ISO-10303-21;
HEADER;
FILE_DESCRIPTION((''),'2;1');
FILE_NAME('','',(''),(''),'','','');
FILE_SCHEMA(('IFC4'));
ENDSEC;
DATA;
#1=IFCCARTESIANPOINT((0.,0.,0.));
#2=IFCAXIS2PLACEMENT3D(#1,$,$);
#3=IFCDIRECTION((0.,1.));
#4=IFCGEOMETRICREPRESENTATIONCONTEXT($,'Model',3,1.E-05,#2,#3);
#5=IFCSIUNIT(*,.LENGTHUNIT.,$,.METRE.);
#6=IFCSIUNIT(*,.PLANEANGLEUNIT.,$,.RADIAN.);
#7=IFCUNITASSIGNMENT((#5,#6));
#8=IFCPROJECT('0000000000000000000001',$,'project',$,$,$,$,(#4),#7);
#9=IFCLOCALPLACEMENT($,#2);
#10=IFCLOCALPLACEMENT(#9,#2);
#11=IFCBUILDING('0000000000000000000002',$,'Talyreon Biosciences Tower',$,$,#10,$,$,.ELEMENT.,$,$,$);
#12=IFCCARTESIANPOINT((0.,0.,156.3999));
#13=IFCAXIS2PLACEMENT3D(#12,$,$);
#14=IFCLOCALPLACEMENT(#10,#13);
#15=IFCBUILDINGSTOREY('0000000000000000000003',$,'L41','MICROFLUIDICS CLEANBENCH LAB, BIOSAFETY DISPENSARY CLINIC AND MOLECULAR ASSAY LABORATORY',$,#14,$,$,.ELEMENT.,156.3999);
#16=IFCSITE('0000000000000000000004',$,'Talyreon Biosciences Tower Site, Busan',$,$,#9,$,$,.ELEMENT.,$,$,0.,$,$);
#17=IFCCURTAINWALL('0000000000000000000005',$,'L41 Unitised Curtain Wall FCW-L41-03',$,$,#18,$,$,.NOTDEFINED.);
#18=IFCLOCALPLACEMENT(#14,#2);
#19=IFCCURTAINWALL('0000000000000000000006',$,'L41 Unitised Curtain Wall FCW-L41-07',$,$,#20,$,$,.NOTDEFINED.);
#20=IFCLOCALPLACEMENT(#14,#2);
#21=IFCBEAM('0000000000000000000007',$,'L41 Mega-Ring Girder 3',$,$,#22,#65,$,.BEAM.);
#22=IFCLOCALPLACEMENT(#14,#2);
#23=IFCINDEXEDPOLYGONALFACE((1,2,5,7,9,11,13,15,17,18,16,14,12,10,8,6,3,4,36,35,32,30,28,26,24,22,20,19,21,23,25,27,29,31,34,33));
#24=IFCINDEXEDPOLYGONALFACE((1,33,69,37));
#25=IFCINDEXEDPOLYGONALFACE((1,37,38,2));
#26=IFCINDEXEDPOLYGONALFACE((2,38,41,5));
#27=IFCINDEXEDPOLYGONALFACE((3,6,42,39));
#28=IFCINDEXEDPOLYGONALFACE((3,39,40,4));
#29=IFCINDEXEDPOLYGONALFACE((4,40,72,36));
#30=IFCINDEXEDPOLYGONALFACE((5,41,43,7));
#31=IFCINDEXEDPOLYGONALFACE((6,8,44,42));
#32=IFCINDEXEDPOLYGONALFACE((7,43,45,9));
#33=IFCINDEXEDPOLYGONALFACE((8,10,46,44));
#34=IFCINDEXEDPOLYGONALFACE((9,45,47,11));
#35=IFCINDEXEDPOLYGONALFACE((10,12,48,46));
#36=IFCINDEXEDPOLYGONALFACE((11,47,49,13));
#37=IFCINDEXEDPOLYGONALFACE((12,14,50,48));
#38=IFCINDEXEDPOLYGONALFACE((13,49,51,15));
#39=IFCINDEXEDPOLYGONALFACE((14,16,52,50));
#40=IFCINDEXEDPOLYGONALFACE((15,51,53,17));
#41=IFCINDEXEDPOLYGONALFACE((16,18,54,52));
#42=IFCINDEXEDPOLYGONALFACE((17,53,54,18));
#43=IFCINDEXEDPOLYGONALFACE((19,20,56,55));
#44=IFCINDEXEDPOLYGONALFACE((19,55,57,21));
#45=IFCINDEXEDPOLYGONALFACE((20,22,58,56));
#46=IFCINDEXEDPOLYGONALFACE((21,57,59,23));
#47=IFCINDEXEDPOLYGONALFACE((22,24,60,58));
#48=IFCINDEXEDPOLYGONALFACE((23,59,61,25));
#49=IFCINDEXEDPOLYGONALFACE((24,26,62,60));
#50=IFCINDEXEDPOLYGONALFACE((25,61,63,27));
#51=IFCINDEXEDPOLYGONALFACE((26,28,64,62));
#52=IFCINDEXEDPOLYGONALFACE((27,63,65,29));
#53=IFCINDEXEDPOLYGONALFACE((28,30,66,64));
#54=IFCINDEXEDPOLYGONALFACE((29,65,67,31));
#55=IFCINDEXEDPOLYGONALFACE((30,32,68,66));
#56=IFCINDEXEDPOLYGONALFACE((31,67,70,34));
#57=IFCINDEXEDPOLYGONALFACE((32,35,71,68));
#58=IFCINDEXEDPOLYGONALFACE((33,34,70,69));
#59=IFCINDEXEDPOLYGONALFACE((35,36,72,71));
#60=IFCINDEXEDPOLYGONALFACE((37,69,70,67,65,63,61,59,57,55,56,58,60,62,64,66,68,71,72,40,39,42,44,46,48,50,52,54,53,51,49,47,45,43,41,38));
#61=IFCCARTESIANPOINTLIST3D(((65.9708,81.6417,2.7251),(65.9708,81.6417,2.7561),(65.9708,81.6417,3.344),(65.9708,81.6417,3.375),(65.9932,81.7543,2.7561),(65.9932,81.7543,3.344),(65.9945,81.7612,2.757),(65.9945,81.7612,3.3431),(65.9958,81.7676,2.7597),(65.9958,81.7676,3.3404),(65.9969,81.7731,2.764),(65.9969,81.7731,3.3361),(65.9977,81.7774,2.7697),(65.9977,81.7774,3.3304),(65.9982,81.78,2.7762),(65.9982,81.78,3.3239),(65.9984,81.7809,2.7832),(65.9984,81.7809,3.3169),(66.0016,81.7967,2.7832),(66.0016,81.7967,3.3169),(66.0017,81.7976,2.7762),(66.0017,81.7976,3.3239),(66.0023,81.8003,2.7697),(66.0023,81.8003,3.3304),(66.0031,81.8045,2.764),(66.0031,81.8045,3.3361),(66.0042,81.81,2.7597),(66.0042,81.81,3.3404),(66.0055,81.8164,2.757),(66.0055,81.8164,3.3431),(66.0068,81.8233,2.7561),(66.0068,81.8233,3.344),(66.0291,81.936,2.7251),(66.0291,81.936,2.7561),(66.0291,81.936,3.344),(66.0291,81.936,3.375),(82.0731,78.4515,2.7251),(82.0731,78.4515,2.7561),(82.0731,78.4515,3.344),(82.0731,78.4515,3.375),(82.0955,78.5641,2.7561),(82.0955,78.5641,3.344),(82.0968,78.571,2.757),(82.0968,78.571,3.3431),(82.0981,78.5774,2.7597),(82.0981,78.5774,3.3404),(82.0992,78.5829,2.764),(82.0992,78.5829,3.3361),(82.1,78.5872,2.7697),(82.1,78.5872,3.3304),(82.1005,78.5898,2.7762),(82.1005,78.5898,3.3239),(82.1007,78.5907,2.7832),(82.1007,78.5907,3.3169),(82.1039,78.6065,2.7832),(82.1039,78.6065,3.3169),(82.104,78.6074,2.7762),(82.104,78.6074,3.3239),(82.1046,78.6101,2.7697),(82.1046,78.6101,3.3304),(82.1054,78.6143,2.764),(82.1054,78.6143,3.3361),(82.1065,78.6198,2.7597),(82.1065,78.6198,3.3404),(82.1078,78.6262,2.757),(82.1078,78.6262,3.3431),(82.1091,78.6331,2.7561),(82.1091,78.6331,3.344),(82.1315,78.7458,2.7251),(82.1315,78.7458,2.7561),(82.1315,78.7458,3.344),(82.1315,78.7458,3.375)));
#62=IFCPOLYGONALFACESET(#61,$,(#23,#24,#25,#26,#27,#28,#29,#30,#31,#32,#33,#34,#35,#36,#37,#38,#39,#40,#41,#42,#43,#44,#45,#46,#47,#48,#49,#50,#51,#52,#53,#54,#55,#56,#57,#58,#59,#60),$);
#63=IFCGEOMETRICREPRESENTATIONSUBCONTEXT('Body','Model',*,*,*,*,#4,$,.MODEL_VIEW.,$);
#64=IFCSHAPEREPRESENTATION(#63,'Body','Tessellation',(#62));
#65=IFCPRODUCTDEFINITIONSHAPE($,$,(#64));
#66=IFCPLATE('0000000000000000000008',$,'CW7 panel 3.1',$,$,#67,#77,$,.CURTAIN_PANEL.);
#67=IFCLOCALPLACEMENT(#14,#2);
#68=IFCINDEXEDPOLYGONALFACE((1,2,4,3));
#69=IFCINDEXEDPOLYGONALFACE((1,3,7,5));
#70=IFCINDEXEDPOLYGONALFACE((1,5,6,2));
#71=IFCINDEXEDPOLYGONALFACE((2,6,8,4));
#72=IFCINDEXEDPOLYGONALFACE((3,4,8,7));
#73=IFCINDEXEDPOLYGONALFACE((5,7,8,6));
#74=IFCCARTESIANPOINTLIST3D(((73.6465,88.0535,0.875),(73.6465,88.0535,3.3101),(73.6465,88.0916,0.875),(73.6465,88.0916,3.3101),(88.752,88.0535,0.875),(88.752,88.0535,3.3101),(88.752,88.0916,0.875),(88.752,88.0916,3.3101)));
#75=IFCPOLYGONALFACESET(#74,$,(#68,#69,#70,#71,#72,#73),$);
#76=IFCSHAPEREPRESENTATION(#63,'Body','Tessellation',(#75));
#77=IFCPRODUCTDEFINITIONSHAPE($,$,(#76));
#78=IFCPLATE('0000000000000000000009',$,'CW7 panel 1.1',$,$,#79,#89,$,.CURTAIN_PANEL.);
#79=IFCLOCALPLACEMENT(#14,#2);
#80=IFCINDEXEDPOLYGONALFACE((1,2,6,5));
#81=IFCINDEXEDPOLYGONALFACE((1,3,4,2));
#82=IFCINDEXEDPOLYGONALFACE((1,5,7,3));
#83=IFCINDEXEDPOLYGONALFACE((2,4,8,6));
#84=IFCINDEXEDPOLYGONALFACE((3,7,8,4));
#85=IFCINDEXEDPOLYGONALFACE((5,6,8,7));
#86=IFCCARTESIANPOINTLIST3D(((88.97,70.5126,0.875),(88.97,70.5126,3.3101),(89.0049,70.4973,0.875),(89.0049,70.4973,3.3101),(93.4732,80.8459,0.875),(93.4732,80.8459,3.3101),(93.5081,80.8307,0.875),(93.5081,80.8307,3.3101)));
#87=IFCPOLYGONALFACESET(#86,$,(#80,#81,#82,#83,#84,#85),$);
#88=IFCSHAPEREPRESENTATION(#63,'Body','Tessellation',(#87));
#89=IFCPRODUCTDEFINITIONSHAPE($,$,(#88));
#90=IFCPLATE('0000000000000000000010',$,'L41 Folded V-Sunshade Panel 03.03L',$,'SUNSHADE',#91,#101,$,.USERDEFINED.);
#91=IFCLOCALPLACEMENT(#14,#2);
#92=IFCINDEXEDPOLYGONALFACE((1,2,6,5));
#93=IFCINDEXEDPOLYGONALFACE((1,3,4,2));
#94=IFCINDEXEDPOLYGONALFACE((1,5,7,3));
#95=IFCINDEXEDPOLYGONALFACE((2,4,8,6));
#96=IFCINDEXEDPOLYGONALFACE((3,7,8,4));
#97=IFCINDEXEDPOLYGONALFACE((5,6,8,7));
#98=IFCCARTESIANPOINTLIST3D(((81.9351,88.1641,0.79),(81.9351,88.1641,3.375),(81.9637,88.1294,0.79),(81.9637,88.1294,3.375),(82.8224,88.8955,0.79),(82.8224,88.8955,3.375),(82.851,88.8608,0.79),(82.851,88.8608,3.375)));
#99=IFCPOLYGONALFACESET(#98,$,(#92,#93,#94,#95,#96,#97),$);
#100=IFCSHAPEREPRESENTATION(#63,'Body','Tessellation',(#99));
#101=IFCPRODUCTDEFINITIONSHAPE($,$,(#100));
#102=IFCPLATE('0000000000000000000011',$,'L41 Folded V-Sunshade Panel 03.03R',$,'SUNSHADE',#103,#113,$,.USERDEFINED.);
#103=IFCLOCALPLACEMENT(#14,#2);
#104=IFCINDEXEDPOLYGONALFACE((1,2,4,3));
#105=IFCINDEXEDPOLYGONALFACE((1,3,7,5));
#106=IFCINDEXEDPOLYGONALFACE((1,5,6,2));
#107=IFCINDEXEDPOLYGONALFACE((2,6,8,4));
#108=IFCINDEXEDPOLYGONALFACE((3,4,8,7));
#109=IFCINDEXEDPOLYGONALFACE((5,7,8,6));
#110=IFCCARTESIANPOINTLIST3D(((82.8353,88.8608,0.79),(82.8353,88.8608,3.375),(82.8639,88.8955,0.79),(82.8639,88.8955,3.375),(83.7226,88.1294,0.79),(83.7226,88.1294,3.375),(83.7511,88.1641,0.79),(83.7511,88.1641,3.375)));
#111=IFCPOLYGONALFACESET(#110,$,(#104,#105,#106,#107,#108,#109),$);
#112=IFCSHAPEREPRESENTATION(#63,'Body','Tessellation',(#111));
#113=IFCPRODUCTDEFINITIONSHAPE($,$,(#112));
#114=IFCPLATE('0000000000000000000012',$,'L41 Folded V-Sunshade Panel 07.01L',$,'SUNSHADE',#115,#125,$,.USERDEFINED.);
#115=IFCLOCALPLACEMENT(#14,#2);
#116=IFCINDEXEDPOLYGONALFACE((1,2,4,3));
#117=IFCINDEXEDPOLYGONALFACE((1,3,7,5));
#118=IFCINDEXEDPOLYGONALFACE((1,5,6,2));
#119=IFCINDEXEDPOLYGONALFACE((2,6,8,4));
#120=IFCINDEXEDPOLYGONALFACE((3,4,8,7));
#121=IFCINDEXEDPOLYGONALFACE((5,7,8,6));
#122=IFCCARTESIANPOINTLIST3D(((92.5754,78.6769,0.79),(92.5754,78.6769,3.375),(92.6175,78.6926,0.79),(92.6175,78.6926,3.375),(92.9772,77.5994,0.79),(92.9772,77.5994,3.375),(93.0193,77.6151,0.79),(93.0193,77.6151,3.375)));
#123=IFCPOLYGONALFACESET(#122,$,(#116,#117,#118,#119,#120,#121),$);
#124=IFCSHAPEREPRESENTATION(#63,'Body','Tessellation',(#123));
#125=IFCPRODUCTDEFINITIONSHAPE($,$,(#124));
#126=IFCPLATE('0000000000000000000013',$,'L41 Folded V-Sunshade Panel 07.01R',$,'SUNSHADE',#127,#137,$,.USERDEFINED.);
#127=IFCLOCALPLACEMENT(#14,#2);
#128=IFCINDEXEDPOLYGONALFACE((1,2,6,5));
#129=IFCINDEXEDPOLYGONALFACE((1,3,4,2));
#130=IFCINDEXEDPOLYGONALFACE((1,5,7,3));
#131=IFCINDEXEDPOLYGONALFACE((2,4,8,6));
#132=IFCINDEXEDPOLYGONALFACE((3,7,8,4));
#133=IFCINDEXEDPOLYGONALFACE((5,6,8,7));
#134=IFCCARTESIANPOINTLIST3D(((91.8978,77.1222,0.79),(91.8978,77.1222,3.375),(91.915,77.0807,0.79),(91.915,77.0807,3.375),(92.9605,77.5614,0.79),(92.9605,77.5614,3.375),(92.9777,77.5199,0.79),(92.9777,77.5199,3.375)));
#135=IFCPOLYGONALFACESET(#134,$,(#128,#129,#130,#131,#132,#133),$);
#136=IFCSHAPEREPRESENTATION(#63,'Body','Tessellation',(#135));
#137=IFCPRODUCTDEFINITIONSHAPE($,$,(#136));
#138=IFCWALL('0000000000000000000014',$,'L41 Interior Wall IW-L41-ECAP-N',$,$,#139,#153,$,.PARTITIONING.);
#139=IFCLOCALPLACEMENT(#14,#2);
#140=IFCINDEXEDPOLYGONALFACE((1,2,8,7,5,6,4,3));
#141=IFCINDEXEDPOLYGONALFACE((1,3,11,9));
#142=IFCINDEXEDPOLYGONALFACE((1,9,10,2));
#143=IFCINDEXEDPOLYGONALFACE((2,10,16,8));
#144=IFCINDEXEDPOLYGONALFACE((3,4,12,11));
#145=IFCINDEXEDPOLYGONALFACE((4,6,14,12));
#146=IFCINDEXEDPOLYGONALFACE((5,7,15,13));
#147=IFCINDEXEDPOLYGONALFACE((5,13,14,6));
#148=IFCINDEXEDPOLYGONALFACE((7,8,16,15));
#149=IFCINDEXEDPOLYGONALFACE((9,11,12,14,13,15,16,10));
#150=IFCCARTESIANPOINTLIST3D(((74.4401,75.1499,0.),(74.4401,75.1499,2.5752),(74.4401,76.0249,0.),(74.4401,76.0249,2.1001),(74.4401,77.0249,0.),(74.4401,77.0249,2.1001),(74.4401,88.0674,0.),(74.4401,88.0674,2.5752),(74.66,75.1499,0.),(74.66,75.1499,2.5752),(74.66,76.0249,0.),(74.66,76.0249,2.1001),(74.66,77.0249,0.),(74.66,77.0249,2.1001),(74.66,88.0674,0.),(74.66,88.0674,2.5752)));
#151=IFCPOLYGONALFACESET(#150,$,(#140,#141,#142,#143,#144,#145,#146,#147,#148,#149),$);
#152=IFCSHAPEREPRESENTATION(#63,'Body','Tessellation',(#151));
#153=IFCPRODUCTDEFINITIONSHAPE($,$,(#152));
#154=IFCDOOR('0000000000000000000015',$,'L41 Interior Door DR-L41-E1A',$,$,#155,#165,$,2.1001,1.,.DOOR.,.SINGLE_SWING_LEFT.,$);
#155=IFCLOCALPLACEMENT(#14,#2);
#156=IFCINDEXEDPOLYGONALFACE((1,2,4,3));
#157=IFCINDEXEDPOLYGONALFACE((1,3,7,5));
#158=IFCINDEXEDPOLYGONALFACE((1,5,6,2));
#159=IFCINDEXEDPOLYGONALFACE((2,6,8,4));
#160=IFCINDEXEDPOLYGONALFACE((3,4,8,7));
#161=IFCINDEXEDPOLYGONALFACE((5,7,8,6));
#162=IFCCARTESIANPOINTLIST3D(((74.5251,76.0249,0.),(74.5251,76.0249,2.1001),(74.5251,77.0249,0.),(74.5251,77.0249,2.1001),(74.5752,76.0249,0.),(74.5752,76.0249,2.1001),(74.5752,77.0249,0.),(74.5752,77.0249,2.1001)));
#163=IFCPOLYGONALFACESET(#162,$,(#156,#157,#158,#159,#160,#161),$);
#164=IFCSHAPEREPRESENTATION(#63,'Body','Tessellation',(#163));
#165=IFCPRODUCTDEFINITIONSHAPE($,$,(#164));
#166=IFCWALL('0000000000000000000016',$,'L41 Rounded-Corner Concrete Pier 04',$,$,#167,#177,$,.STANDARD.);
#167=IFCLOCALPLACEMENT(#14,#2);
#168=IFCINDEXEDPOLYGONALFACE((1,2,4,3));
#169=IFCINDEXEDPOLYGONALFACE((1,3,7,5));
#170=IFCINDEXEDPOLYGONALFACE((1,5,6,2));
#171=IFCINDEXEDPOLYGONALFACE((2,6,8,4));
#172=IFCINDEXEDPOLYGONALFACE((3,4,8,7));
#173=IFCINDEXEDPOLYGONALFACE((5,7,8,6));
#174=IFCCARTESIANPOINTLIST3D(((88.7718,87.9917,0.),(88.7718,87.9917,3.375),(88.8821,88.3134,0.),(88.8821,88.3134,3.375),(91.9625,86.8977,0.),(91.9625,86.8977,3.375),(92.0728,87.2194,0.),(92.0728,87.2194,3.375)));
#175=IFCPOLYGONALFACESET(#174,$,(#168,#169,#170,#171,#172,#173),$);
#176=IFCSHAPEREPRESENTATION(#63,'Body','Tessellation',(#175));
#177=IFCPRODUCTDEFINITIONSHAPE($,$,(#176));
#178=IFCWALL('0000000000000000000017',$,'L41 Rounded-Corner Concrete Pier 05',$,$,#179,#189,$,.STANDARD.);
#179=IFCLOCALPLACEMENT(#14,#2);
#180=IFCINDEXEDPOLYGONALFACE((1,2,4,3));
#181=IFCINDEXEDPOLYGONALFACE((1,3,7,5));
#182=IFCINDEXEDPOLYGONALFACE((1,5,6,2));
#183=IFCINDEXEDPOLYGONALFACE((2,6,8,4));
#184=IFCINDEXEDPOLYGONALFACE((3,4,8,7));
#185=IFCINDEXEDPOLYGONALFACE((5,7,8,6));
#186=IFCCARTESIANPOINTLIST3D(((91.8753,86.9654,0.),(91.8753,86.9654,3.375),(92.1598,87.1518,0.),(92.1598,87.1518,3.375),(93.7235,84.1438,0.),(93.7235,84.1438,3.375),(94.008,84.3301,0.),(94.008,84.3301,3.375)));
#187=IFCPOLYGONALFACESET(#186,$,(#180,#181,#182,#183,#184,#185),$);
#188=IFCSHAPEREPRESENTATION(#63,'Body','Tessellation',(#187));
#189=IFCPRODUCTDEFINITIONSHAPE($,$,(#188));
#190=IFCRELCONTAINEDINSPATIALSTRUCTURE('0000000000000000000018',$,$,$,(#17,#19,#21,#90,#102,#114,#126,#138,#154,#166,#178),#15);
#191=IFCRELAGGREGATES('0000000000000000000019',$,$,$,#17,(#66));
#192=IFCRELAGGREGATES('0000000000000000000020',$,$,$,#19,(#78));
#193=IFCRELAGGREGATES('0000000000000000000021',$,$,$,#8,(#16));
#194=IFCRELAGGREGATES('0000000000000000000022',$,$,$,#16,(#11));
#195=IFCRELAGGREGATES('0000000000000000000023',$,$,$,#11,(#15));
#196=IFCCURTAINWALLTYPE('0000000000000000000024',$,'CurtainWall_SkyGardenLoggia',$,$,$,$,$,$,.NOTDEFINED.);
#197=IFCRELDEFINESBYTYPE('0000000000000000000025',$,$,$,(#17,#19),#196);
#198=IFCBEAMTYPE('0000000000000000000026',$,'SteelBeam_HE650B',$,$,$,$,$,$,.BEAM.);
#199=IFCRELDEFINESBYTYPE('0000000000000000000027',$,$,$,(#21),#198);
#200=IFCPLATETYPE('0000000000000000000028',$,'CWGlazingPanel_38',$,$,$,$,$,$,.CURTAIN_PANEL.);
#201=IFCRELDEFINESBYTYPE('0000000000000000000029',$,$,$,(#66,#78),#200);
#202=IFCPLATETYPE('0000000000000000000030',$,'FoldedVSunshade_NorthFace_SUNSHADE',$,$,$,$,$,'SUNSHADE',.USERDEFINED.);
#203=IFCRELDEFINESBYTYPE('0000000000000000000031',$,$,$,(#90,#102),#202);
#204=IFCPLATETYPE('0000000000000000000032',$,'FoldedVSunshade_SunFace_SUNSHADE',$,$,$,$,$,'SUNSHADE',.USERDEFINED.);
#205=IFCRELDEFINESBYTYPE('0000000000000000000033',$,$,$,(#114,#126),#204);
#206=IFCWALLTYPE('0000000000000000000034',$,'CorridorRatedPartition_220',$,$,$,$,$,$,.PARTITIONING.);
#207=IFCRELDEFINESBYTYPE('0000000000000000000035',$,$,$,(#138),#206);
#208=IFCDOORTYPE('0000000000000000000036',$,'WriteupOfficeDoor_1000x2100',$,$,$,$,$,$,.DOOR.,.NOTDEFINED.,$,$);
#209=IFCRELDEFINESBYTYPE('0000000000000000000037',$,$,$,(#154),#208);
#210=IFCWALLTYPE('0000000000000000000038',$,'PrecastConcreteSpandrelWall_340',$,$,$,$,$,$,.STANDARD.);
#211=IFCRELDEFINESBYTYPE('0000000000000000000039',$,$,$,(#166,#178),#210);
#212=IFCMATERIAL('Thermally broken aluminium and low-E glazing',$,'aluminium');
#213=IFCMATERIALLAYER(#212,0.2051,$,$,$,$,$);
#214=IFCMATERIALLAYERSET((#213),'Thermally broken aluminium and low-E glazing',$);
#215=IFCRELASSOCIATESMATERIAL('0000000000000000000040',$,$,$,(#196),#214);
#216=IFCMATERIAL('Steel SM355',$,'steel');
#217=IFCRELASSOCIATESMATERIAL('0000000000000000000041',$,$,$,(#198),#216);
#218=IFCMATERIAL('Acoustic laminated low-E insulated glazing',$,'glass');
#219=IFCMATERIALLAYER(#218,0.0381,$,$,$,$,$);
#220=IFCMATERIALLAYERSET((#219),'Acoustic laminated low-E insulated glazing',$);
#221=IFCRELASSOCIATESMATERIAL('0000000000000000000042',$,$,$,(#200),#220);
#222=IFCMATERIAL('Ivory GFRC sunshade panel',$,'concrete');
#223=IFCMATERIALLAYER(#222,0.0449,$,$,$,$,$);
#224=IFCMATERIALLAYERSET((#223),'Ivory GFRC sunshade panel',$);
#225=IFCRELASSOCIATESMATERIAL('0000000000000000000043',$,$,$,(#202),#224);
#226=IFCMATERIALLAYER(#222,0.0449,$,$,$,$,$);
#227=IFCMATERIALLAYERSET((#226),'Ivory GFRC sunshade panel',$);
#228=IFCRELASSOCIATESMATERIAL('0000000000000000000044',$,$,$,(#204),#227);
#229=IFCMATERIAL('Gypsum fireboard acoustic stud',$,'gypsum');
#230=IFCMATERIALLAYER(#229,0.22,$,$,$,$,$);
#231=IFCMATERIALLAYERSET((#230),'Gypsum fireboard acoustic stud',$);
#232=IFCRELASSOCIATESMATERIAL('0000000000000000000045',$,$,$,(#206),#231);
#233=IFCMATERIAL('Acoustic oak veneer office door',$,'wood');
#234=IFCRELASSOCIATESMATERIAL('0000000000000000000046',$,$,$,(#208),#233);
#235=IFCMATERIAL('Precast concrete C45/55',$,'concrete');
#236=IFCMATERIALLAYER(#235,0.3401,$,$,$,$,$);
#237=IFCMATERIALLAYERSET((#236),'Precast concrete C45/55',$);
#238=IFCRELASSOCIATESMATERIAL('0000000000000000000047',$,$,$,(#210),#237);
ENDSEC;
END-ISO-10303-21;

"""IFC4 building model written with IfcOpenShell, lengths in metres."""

from ifc_helpers import new_model, si_unit, direction, frame, frame_2d, origin, origin_2d, place, context, subcontext, project, spatial, rectangle, i_section, extrude, material, layer, layer_set, material_profile, profile_set, type_object, element, fill, aggregate, save


model = new_model("IFC4")

# Units and contexts
model_context = context("Model", 3, precision=1e-05, world=origin(), true_north=direction((0.0, 1.0)))
body_context = subcontext(model_context, "Body", "Model", "MODEL_VIEW")
ifc_project = project(units=[si_unit("LENGTHUNIT", "METRE"), si_unit("PLANEANGLEUNIT", "RADIAN")], contexts=[model_context])

# Site, building, storey
site_placement = place(None, origin())
site = spatial("IfcSite", under=ifc_project, at=site_placement, Name="Talyreon Biosciences Tower Site, Busan", CompositionType="ELEMENT", RefElevation=0.0)
building_placement = place(site_placement, origin())
building = spatial("IfcBuilding", under=site, at=building_placement, Name="Talyreon Biosciences Tower", CompositionType="ELEMENT")
storey_placement = place(building_placement, frame((0.0, 0.0, 156.3999)))
storey = spatial("IfcBuildingStorey", under=building, at=storey_placement, Name="L41", Description="MICROFLUIDICS CLEANBENCH LAB, BIOSAFETY DISPENSARY CLINIC AND MOLECULAR ASSAY LABORATORY", CompositionType="ELEMENT", Elevation=156.3999)

# Curtain wall
ifc_material_1 = material(Name="Thermally broken aluminium and low-E glazing", Category="aluminium")
ifc_layer_1 = layer(ifc_material_1, 0.2051)
ifc_layer_set_1 = layer_set([ifc_layer_1], Name="Thermally broken aluminium and low-E glazing")
curtain_wall_type = type_object("IfcCurtainWallType", Name="CurtainWall_SkyGardenLoggia", PredefinedType="NOTDEFINED", material=ifc_layer_set_1)
curtain_wall_1_placement = place(storey_placement, origin())
curtain_wall_1 = element("IfcCurtainWall", 1, at=curtain_wall_1_placement, inside=storey, type_object=curtain_wall_type, Name="L41 Unitised Curtain Wall FCW-L41-03", PredefinedType="NOTDEFINED")

# Curtain wall
curtain_wall_2_placement = place(storey_placement, origin())
curtain_wall_2 = element("IfcCurtainWall", 2, at=curtain_wall_2_placement, inside=storey, type_object=curtain_wall_type, Name="L41 Unitised Curtain Wall FCW-L41-07", PredefinedType="NOTDEFINED")

# Beam
ifc_material_2 = material(Name="Precast concrete C45/55", Category="concrete")
ifc_material_3 = material(Name="Steel SM355", Category="steel")
ifc_material_profile_1 = material_profile(ifc_material_3, i_section(OverallWidth=0.3, OverallDepth=0.6499, WebThickness=0.0161, FlangeThickness=0.031, FilletRadius=0.0271, at=origin_2d()), Name="HE650B")
ifc_profile_set_1 = profile_set([ifc_material_profile_1], Name="Steel SM355")
beam_type_1 = type_object("IfcBeamType", Name="SteelBeam_HE650B", PredefinedType="BEAM", material=ifc_profile_set_1)
beam_1_placement = place(storey_placement, frame((82.1023, 78.5986, 3.05), z_axis=(-0.980934, 0.194343, 0.0), x_axis=(-0.194343, -0.980934, 0.0)))
element("IfcBeam", 3, at=beam_1_placement, inside=storey, type_object=beam_type_1, Name="L41 Mega-Ring Girder 3", PredefinedType="BEAM", context=body_context, shape_type="SweptSolid", body=[
    extrude(i_section(OverallWidth=0.3, OverallDepth=0.6499, WebThickness=0.0161, FlangeThickness=0.031, FilletRadius=0.0271, at=origin_2d()), origin(), (0.0, 0.0, 1.0), 16.4153),
])

# Plates
ifc_material_4 = material(Name="Acoustic laminated low-E insulated glazing", Category="glass")
ifc_layer_2 = layer(ifc_material_4, 0.0381)
ifc_layer_set_2 = layer_set([ifc_layer_2], Name="Acoustic laminated low-E insulated glazing")
plate_type_1 = type_object("IfcPlateType", Name="CWGlazingPanel_38", PredefinedType="CURTAIN_PANEL", material=ifc_layer_set_2)
plate_1_placement = place(storey_placement, frame((81.1992, 88.0725, 0.875), z_axis=(0.0, 0.0, 1.0), x_axis=(1.0, 0.0, 0.0)))
plate_1 = element("IfcPlate", 4, at=plate_1_placement, type_object=plate_type_1, Name="CW7 panel 3.1", PredefinedType="CURTAIN_PANEL", context=body_context, shape_type="SweptSolid", body=[
    extrude(rectangle(XDim=15.1055, YDim=0.0381, at=origin_2d()), origin(), (0.0, 0.0, 1.0), 2.4351),
])
aggregate(curtain_wall_1, [plate_1])
plate_2_placement = place(storey_placement, frame((91.239, 75.6716, 0.875), z_axis=(0.0, 0.0, 1.0), x_axis=(-0.399505, -0.916731, 0.0)))
plate_2 = element("IfcPlate", 5, at=plate_2_placement, type_object=plate_type_1, Name="CW7 panel 1.1", PredefinedType="CURTAIN_PANEL", context=body_context, shape_type="SweptSolid", body=[
    extrude(rectangle(XDim=11.272, YDim=0.0381, at=origin_2d()), origin(), (0.0, 0.0, 1.0), 2.4351),
])
aggregate(curtain_wall_2, [plate_2])

# Plates
ifc_material_5 = material(Name="Ivory GFRC sunshade panel", Category="concrete")
ifc_layer_3 = layer(ifc_material_5, 0.0449)
ifc_layer_set_3 = layer_set([ifc_layer_3], Name="Ivory GFRC sunshade panel")
plate_type_2 = type_object("IfcPlateType", Name="FoldedVSunshade_NorthFace_SUNSHADE", ElementType="SUNSHADE", PredefinedType="USERDEFINED", material=ifc_layer_set_3)
for number, where, z_axis, x_axis, name in (
    (6, (82.3931, 88.5125, 0.79), (0.0, 0.0, 1.0), (0.771625, 0.636078, 0.0), "L41 Folded V-Sunshade Panel 03.03L"),
    (7, (83.2932, 88.5125, 0.79), (0.0, 0.0, 1.0), (0.771625, -0.636078, 0.0), "L41 Folded V-Sunshade Panel 03.03R"),
):
    element("IfcPlate", number, at=place(storey_placement, frame(where, z_axis=z_axis, x_axis=x_axis)), inside=storey, type_object=plate_type_2, Name=name, ObjectType="SUNSHADE", PredefinedType="USERDEFINED", context=body_context, shape_type="SweptSolid", body=[
        extrude(rectangle(XDim=1.1499, YDim=0.0449, at=origin_2d()), origin(), (0.0, 0.0, 1.0), 2.585),
    ])
ifc_layer_4 = layer(ifc_material_5, 0.0449)
ifc_layer_set_4 = layer_set([ifc_layer_4], Name="Ivory GFRC sunshade panel")
plate_type_3 = type_object("IfcPlateType", Name="FoldedVSunshade_SunFace_SUNSHADE", ElementType="SUNSHADE", PredefinedType="USERDEFINED", material=ifc_layer_set_4)
for number, where, z_axis, x_axis, name in (
    (8, (92.7974, 78.146, 0.79), (0.0, 0.0, 1.0), (0.349439, -0.936959, 0.0), "L41 Folded V-Sunshade Panel 07.01L"),
    (9, (92.4377, 77.321, 0.79), (0.0, 0.0, 1.0), (-0.924193, -0.381925, 0.0), "L41 Folded V-Sunshade Panel 07.01R"),
):
    element("IfcPlate", number, at=place(storey_placement, frame(where, z_axis=z_axis, x_axis=x_axis)), inside=storey, type_object=plate_type_3, Name=name, ObjectType="SUNSHADE", PredefinedType="USERDEFINED", context=body_context, shape_type="SweptSolid", body=[
        extrude(rectangle(XDim=1.1499, YDim=0.0449, at=origin_2d()), origin(), (0.0, 0.0, 1.0), 2.585),
    ])

# Wall, opening, door
ifc_material_6 = material(Name="Gypsum fireboard acoustic stud", Category="gypsum")
ifc_layer_5 = layer(ifc_material_6, 0.22)
ifc_layer_set_5 = layer_set([ifc_layer_5], Name="Gypsum fireboard acoustic stud")
wall_type_1 = type_object("IfcWallType", Name="CorridorRatedPartition_220", PredefinedType="PARTITIONING", material=ifc_layer_set_5)
wall_1_placement = place(storey_placement, frame((74.55, 75.1499, 0.0), z_axis=(0.0, 0.0, 1.0), x_axis=(0.0, 1.0, 0.0)))
wall_1 = element("IfcWall", 10, at=wall_1_placement, inside=storey, type_object=wall_type_1, Name="L41 Interior Wall IW-L41-ECAP-N", PredefinedType="PARTITIONING", context=body_context, shape_type="SweptSolid", body=[
    extrude(rectangle(XDim=12.9175, YDim=0.22, at=frame_2d((6.4587, 0.0))), origin(), (0.0, 0.0, 1.0), 2.5752),
])
opening_placement = place(wall_1_placement, frame((0.875, 0.0, 0.0)))
opening = element("IfcOpeningElement", 11, at=opening_placement, cuts=wall_1, PredefinedType="OPENING", context=body_context, shape_type="SweptSolid", body=[
    extrude(rectangle(XDim=1.0, YDim=2.1001, at=frame_2d((0.5, 1.05))), frame((0.0, 0.1199, 0.0), z_axis=(0.0, -1.0, 0.0), x_axis=(1.0, 0.0, 0.0)), (0.0, 0.0, 1.0), 0.24),
])
ifc_material_7 = material(Name="Acoustic oak veneer office door", Category="wood")
door_type = type_object("IfcDoorType", Name="WriteupOfficeDoor_1000x2100", OperationType="NOTDEFINED", PredefinedType="DOOR", material=ifc_material_7)
door_placement = place(opening_placement, origin())
door = element("IfcDoor", 12, at=door_placement, inside=storey, type_object=door_type, Name="L41 Interior Door DR-L41-E1A", OperationType="SINGLE_SWING_LEFT", OverallHeight=2.1001, OverallWidth=1.0, PredefinedType="DOOR", context=body_context, shape_type="SweptSolid", body=[
    extrude(rectangle(XDim=1.0, YDim=2.1001, at=frame_2d((0.5, 1.05))), frame((0.0, 0.0249, 0.0), z_axis=(0.0, -1.0, 0.0), x_axis=(1.0, 0.0, 0.0)), (0.0, 0.0, 1.0), 0.05),
])
fill(opening, door)

# Walls
ifc_layer_6 = layer(ifc_material_2, 0.3401)
ifc_layer_set_6 = layer_set([ifc_layer_6], Name="Precast concrete C45/55")
wall_type_2 = type_object("IfcWallType", Name="PrecastConcreteSpandrelWall_340", PredefinedType="STANDARD", material=ifc_layer_set_6)
for number, where, z_axis, x_axis, name in (
    (13, (88.8269, 88.1526, 0.0), (0.0, 0.0, 1.0), (0.945942, -0.324337, 0.0), "L41 Rounded-Corner Concrete Pier 04"),
    (14, (92.0176, 87.0586, 0.0), (0.0, 0.0, 1.0), (0.547934, -0.836522, 0.0), "L41 Rounded-Corner Concrete Pier 05"),
):
    element("IfcWall", number, at=place(storey_placement, frame(where, z_axis=z_axis, x_axis=x_axis)), inside=storey, type_object=wall_type_2, Name=name, PredefinedType="STANDARD", context=body_context, shape_type="SweptSolid", body=[
        extrude(rectangle(XDim=3.373, YDim=0.3401, at=frame_2d((1.6865, 0.0))), origin(), (0.0, 0.0, 1.0), 3.375),
    ])

save(model, "model.ifc")
